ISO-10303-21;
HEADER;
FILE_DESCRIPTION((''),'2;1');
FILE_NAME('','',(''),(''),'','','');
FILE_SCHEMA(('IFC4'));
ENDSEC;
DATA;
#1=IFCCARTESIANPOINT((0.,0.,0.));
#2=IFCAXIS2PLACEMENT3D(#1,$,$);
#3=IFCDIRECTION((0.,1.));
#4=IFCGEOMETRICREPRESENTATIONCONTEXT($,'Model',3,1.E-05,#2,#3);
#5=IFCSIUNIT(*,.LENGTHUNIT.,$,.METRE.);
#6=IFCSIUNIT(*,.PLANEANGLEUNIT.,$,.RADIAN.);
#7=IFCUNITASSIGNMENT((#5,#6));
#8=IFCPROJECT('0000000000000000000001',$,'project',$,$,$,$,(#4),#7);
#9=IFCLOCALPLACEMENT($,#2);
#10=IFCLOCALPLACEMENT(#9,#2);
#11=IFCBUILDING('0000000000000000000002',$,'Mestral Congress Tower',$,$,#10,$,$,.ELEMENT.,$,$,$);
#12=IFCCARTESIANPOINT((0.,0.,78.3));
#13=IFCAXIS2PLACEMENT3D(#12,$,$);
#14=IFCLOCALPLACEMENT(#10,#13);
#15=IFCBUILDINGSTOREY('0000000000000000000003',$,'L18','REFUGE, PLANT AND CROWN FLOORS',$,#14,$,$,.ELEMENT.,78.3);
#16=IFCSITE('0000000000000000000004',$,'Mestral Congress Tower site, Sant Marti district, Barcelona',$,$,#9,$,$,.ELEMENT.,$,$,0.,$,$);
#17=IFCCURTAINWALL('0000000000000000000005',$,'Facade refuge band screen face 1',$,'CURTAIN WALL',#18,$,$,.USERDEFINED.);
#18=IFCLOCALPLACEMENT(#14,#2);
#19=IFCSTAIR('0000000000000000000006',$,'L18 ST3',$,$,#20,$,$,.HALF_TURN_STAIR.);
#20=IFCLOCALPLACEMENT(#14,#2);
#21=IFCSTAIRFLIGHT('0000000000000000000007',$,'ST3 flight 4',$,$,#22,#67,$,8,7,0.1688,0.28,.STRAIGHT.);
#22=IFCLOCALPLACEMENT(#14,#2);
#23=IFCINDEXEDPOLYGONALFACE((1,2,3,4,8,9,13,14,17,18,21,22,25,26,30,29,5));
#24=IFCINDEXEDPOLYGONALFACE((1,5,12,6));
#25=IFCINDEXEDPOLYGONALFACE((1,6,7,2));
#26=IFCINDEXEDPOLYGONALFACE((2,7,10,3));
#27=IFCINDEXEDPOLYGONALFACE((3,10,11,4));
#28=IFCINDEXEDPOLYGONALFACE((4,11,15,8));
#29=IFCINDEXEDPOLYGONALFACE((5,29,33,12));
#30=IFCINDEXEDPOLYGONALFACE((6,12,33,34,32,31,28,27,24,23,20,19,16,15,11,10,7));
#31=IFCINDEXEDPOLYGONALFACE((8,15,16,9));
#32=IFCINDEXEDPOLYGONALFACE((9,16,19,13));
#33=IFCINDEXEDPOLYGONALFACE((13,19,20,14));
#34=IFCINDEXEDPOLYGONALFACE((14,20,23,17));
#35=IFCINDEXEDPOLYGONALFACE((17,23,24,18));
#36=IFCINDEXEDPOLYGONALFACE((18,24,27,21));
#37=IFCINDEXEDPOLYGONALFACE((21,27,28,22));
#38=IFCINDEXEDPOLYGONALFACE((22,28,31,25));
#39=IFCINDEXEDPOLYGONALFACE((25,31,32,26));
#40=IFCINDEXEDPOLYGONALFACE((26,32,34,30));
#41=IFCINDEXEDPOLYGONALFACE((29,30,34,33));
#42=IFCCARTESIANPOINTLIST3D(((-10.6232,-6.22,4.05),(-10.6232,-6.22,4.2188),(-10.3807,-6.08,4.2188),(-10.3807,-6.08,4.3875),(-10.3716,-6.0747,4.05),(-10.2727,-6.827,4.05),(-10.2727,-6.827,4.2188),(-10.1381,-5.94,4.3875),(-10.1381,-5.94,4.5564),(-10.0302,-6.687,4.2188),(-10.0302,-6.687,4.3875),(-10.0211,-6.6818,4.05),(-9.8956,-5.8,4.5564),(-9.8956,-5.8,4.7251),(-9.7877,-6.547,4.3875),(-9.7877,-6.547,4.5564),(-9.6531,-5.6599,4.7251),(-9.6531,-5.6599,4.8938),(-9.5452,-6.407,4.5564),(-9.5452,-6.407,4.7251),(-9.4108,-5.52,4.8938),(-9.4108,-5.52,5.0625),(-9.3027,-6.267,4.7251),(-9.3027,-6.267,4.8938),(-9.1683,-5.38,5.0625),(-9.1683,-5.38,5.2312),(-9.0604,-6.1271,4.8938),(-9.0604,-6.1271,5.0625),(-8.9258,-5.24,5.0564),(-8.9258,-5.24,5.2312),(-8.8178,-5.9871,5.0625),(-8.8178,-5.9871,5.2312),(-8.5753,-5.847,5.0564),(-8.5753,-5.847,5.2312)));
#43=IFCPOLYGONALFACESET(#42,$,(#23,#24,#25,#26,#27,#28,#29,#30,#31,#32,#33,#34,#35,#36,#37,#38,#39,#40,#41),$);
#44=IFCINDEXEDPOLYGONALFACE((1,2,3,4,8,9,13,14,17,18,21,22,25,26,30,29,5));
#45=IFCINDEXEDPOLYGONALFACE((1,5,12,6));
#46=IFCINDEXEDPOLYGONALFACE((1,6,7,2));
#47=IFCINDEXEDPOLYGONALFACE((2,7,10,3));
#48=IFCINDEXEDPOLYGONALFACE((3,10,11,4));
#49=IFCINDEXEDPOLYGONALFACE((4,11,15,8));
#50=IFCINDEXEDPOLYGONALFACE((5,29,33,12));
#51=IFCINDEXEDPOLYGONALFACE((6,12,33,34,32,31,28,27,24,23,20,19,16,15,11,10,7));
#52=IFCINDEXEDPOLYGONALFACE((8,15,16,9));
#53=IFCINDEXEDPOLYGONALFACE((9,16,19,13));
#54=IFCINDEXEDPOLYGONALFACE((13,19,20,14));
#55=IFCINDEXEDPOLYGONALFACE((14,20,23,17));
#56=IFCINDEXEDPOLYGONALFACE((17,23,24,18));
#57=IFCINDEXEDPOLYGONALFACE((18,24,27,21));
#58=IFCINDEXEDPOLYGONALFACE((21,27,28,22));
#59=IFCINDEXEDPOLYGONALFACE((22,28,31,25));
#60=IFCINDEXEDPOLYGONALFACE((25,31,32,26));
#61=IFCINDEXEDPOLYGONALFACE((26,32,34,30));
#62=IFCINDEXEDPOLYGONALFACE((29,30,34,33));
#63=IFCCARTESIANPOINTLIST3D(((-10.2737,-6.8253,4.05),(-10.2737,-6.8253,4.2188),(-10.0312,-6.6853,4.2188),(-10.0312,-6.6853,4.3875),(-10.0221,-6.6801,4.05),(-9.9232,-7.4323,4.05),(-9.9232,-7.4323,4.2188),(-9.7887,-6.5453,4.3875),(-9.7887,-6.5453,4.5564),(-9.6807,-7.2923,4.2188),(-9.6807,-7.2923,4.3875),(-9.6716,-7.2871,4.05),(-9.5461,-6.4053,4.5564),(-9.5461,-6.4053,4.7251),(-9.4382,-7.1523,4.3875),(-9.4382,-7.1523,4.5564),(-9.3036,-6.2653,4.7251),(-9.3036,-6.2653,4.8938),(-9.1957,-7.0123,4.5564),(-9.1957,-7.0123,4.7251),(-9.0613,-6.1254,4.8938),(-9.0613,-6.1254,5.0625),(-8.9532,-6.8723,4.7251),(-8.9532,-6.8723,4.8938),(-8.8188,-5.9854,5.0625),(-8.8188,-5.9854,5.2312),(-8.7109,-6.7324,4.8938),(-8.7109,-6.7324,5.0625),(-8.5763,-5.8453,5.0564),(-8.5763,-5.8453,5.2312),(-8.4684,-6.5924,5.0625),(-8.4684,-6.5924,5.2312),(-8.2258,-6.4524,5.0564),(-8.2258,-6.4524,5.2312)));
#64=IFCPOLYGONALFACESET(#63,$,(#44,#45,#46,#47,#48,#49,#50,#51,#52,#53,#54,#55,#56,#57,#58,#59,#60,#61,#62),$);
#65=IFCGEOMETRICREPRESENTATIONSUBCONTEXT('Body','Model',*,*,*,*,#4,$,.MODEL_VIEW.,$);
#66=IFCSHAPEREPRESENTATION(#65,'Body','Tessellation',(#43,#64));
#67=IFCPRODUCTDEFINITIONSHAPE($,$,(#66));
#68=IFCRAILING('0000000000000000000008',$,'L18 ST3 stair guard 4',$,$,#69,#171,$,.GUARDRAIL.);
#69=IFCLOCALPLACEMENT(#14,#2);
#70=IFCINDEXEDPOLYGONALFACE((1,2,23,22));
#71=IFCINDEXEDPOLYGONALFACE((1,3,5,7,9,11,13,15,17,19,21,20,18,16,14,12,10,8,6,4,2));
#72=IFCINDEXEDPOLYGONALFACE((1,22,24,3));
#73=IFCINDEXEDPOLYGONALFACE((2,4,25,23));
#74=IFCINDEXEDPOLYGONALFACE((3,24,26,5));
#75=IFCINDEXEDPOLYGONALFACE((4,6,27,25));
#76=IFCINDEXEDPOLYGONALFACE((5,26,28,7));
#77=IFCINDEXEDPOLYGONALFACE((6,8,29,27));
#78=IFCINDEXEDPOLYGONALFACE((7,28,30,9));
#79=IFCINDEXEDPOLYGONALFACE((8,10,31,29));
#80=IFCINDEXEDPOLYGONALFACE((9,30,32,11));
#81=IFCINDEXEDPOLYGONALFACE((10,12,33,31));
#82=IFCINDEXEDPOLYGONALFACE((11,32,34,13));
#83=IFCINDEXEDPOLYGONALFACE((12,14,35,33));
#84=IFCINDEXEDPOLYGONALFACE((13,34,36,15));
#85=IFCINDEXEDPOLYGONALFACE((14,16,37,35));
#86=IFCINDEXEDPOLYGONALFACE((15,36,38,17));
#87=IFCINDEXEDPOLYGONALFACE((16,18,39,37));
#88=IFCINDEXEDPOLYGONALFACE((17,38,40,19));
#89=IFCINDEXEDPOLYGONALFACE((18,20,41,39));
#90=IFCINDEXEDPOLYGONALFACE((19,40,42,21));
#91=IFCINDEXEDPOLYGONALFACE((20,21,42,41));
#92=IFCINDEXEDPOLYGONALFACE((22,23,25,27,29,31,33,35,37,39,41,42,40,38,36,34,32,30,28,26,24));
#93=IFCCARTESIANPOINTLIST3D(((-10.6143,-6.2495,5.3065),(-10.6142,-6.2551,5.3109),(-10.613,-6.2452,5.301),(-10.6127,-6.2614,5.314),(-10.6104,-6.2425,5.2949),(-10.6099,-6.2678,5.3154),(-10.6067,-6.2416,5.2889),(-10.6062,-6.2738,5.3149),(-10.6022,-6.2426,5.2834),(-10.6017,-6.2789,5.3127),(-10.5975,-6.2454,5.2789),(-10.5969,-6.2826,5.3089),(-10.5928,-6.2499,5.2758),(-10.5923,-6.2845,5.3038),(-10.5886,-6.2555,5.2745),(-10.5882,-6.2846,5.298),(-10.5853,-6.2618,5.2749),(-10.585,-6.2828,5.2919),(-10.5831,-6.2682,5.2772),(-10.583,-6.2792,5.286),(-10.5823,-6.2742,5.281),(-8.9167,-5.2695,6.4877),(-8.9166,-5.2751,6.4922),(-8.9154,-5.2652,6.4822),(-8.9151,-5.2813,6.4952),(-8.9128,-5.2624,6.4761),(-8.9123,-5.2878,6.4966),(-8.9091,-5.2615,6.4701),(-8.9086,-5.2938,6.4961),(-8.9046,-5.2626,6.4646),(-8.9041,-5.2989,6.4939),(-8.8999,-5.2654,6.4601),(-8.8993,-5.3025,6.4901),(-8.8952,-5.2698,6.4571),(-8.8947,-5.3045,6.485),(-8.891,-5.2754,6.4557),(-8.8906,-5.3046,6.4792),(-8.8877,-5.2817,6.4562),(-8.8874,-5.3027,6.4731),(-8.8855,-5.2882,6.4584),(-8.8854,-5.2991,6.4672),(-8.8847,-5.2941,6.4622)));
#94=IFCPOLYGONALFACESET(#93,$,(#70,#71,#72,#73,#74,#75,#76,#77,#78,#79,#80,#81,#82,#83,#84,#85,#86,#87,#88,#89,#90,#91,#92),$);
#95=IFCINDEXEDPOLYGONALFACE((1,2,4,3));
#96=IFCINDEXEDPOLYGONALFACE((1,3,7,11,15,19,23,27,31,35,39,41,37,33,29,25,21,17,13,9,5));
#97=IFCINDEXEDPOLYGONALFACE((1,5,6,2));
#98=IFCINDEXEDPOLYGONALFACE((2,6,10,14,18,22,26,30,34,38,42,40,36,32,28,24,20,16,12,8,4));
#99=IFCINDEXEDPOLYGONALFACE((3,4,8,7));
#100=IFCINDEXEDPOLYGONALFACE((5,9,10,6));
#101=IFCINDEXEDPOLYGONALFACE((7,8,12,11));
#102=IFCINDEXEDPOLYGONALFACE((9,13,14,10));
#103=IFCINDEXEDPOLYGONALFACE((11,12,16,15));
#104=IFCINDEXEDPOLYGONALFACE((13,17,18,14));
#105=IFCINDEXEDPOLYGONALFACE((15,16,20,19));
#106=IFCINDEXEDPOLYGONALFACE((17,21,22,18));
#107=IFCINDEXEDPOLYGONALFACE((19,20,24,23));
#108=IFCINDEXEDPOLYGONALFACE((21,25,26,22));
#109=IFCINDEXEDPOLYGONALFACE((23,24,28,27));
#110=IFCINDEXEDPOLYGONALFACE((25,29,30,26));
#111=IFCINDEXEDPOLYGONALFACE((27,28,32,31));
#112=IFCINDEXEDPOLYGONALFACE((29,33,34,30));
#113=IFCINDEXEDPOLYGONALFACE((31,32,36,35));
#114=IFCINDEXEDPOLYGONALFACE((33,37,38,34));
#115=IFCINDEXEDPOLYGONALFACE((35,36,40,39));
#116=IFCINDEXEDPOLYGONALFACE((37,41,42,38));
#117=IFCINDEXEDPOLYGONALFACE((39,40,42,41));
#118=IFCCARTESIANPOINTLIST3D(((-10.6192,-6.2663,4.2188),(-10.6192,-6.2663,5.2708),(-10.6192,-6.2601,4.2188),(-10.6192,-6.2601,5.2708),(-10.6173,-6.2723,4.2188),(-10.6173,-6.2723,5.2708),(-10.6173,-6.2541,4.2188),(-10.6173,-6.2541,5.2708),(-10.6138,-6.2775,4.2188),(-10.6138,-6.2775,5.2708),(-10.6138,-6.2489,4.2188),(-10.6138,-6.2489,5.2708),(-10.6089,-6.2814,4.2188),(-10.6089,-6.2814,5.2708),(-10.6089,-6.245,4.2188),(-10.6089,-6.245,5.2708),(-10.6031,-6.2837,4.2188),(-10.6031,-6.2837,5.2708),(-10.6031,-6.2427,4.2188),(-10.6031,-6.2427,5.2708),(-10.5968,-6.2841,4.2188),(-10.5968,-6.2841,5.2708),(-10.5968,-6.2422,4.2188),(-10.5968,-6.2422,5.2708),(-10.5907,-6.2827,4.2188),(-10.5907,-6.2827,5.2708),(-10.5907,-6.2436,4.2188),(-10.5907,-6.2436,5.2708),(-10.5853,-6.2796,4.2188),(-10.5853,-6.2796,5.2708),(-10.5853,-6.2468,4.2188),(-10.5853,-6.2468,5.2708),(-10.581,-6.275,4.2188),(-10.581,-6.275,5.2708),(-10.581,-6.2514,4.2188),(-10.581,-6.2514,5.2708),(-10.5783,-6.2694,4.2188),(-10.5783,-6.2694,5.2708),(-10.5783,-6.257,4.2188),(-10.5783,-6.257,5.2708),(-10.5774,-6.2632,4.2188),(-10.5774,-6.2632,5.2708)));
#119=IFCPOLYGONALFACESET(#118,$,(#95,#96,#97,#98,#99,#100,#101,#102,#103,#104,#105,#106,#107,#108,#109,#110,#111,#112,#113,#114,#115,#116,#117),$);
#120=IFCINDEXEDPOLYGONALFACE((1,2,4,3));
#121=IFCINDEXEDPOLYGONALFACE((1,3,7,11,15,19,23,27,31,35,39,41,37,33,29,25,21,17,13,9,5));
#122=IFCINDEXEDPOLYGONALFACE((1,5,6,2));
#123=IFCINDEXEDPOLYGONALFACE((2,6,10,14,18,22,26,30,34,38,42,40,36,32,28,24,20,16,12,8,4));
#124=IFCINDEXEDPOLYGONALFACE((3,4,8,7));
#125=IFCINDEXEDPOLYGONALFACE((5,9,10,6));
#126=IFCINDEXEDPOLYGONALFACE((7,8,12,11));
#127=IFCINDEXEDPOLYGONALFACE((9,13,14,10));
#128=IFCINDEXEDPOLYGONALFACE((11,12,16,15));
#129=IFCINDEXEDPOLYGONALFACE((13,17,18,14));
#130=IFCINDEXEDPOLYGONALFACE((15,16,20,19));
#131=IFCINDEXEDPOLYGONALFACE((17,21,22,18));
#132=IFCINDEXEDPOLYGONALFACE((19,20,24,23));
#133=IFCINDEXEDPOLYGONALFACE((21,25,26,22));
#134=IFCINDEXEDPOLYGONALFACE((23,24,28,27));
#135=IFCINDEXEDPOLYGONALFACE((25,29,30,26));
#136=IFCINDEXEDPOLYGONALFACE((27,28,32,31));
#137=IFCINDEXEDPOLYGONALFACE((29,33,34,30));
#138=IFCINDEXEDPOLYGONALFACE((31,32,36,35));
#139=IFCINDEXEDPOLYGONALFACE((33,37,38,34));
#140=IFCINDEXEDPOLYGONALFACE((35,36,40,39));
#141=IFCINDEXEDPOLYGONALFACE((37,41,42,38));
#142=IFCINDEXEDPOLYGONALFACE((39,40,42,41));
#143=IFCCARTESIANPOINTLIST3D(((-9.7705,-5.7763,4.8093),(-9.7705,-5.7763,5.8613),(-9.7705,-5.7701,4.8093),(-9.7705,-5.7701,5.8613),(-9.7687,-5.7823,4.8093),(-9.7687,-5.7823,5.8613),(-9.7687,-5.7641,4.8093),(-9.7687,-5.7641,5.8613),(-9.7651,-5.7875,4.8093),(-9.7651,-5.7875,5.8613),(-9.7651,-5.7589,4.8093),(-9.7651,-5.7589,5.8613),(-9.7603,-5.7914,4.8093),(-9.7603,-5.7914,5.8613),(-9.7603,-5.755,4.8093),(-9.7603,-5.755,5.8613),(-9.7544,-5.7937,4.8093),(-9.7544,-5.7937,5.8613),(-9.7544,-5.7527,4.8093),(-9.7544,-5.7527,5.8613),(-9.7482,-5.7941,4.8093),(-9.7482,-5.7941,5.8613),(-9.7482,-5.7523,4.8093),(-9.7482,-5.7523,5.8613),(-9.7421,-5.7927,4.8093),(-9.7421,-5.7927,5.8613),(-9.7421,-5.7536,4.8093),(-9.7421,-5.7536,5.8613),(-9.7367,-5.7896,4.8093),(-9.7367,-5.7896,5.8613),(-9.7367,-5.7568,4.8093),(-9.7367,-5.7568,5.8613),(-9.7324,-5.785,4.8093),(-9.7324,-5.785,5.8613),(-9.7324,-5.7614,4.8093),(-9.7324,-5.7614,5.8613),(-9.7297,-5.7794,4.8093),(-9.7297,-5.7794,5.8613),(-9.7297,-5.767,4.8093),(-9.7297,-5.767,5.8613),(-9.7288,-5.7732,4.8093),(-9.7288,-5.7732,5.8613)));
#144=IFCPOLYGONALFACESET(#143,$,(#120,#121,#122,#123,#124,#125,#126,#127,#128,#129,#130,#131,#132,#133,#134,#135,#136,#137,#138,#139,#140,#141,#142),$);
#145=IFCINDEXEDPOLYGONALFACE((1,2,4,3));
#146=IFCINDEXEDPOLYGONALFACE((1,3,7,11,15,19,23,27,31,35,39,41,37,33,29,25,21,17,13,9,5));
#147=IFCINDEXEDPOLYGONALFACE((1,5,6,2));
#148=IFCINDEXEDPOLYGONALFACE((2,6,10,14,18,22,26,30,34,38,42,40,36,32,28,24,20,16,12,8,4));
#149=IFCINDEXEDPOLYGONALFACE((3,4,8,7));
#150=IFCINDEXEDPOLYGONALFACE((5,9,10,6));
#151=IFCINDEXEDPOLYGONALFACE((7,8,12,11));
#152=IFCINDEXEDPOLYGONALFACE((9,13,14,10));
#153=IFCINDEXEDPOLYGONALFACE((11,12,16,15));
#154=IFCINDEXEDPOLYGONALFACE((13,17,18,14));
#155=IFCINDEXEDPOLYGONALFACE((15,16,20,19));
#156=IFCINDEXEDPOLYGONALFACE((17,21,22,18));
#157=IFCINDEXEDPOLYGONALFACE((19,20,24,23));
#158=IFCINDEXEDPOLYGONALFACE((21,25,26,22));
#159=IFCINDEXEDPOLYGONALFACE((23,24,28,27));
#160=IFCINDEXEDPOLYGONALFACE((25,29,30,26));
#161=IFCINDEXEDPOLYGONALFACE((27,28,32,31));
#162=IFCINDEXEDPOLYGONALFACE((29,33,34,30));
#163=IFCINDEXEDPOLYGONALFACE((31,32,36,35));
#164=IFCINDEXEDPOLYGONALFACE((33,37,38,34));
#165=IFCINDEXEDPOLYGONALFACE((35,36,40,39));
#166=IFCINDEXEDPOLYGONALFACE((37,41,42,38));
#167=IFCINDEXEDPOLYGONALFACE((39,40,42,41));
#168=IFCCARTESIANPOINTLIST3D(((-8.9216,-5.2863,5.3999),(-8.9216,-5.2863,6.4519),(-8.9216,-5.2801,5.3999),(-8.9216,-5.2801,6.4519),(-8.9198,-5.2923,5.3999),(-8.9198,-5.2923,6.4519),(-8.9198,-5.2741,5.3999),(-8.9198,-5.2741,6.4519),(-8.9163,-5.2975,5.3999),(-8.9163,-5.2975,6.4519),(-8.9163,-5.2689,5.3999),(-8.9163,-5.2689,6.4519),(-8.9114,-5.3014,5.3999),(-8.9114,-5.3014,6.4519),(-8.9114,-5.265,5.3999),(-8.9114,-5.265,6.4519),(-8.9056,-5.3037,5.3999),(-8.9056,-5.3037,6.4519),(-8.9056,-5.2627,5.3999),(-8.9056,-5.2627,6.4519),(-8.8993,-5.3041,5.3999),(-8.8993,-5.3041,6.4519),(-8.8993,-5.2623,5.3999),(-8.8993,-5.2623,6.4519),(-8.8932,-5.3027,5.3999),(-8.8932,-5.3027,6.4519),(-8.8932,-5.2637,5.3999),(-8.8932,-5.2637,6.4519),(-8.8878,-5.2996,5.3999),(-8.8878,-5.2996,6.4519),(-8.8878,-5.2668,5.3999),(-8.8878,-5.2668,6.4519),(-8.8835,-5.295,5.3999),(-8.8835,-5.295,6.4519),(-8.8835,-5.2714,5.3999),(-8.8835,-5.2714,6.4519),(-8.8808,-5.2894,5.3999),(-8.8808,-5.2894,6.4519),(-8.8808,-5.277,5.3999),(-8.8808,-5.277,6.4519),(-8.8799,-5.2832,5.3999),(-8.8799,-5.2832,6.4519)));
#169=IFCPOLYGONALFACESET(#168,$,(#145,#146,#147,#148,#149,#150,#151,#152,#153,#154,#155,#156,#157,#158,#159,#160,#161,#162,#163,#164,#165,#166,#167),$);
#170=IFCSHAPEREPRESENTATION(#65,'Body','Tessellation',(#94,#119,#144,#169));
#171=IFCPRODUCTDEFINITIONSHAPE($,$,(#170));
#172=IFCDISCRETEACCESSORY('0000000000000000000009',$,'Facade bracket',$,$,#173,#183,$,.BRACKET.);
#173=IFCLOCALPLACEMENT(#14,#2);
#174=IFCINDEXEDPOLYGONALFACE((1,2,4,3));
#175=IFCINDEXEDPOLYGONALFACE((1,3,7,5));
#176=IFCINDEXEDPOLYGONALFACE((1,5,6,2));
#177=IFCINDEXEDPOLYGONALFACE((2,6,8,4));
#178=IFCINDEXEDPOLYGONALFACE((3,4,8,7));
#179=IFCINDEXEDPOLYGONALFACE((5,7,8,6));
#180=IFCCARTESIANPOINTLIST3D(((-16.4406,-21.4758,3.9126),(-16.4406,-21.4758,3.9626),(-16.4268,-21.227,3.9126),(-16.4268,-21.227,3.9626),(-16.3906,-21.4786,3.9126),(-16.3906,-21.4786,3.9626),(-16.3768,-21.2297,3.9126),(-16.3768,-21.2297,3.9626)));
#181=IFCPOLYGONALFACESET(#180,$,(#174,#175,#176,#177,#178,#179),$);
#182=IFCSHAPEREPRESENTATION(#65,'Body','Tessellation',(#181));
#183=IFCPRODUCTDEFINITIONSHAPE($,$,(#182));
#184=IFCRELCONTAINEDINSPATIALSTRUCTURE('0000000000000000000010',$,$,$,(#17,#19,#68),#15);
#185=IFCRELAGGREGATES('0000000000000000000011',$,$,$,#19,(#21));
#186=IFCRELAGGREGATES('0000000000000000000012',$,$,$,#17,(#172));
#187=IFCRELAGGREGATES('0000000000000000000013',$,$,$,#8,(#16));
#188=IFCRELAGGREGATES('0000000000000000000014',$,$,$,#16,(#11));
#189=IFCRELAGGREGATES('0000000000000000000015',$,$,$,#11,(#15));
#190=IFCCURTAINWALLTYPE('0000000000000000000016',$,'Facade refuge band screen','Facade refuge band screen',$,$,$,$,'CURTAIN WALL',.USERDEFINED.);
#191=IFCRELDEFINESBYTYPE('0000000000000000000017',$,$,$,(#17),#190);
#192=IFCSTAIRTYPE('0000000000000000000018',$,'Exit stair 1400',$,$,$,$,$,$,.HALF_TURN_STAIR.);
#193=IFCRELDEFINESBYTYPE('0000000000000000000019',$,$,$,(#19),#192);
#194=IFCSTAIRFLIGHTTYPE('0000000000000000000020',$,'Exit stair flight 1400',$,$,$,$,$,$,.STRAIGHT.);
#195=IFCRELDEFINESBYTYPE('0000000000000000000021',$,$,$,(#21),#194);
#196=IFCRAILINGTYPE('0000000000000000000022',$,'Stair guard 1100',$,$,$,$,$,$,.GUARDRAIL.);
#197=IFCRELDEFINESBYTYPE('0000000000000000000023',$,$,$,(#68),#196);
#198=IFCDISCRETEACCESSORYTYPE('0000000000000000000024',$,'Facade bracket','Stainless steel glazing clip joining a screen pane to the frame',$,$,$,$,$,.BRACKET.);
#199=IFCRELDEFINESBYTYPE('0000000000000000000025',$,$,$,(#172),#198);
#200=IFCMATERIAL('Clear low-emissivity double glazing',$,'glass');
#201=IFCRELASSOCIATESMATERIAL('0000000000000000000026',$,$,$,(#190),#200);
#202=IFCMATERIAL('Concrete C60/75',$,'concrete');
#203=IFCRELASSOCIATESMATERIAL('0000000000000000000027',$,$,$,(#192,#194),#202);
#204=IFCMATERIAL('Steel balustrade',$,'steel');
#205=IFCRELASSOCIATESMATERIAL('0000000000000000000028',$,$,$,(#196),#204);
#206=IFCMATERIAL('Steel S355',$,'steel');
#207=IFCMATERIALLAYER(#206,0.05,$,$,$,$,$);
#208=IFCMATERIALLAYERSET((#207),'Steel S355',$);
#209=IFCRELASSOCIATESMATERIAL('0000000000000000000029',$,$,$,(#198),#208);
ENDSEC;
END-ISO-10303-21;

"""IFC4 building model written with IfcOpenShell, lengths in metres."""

from ifc_helpers import new_model, si_unit, direction, frame, origin, origin_2d, place, context, subcontext, project, spatial, polyline, rectangle, circle, outline, extrude, material, layer, layer_set, type_object, element, aggregate, save


model = new_model("IFC4")

# Units and contexts
model_context = context("Model", 3, precision=1e-05, world=origin(), true_north=direction((0.0, 1.0)))
body_context = subcontext(model_context, "Body", "Model", "MODEL_VIEW")
ifc_project = project(units=[si_unit("LENGTHUNIT", "METRE"), si_unit("PLANEANGLEUNIT", "RADIAN")], contexts=[model_context])

# Site, building, storey
site_placement = place(None, origin())
site = spatial("IfcSite", under=ifc_project, at=site_placement, Name="Mestral Congress Tower site, Sant Marti district, Barcelona", CompositionType="ELEMENT", RefElevation=0.0)
building_placement = place(site_placement, origin())
building = spatial("IfcBuilding", under=site, at=building_placement, Name="Mestral Congress Tower", CompositionType="ELEMENT")
storey_placement = place(building_placement, frame((0.0, 0.0, 78.3)))
storey = spatial("IfcBuildingStorey", under=building, at=storey_placement, Name="L18", Description="REFUGE, PLANT AND CROWN FLOORS", CompositionType="ELEMENT", Elevation=78.3)

# Shared definitions
ifc_material_1 = material(Name="Steel S355", Category="steel")

# Curtain wall
ifc_material_2 = material(Name="Clear low-emissivity double glazing", Category="glass")
curtain_wall_type = type_object("IfcCurtainWallType", Name="Facade refuge band screen", Description="Facade refuge band screen", ElementType="CURTAIN WALL", PredefinedType="USERDEFINED", material=ifc_material_2)
placement = place(storey_placement, origin())
curtain_wall = element("IfcCurtainWall", 1, at=placement, inside=storey, type_object=curtain_wall_type, Name="Facade refuge band screen face 1", ObjectType="CURTAIN WALL", PredefinedType="USERDEFINED")

# Shared definitions
ifc_material_3 = material(Name="Concrete C60/75", Category="concrete")

# Stair, stair flight
stair_type = type_object("IfcStairType", Name="Exit stair 1400", PredefinedType="HALF_TURN_STAIR", material=ifc_material_3)
stair = element("IfcStair", 2, at=placement, inside=storey, type_object=stair_type, Name="L18 ST3", PredefinedType="HALF_TURN_STAIR")
stair_flight_type = type_object("IfcStairFlightType", Name="Exit stair flight 1400", PredefinedType="STRAIGHT", material=ifc_material_3)
stair_flight_1_placement = place(storey_placement, frame((-10.2732, -6.8262, 4.05), z_axis=(0.0, 0.0, 1.0), x_axis=(0.866025, 0.5, 0.0)))
stair_flight_1 = element("IfcStairFlight", 3, at=stair_flight_1_placement, type_object=stair_flight_type, Name="ST3 flight 4", NumberOfRisers=8, NumberOfTreads=7, PredefinedType="STRAIGHT", RiserHeight=0.1688, TreadLength=0.28, context=body_context, shape_type="SweptSolid", body=[
    extrude(outline(polyline([(0.0, 0.0), (0.0, 0.1687), (0.28, 0.1687), (0.28, 0.3374), (0.5601, 0.3374), (0.5601, 0.5063), (0.8401, 0.5063), (0.8401, 0.675), (1.1201, 0.675), (1.1201, 0.8438), (1.3999, 0.8438), (1.3999, 1.0125), (1.6799, 1.0125), (1.6799, 1.1812), (1.96, 1.1812), (1.96, 1.3501), (1.96, 1.0063), (0.2905, 0.0), (0.0, 0.0)])), frame((0.0, 0.7, 0.0), z_axis=(0.0, -1.0, 0.0), x_axis=(1.0, 0.0, 0.0)), (0.0, 0.0, 1.0), 0.7009),
    extrude(outline(polyline([(0.0, 0.0), (0.0, 0.1687), (0.28, 0.1687), (0.28, 0.3374), (0.5601, 0.3374), (0.5601, 0.5063), (0.8401, 0.5063), (0.8401, 0.675), (1.1201, 0.675), (1.1201, 0.8438), (1.3999, 0.8438), (1.3999, 1.0125), (1.6799, 1.0125), (1.6799, 1.1812), (1.96, 1.1812), (1.96, 1.3501), (1.96, 1.0063), (0.2905, 0.0), (0.0, 0.0)])), frame((0.0, 0.001, 0.0), z_axis=(0.0, -1.0, 0.0), x_axis=(1.0, 0.0, 0.0)), (0.0, 0.0, 1.0), 0.7009),
])
aggregate(stair, [stair_flight_1])

# Railing
ifc_material_4 = material(Name="Steel balustrade", Category="steel")
railing_type_1 = type_object("IfcRailingType", Name="Stair guard 1100", PredefinedType="GUARDRAIL", material=ifc_material_4)
railing_1_placement = place(storey_placement, frame((-10.5984, -6.2632, 4.2188)))
element("IfcRailing", 4, at=railing_1_placement, inside=storey, type_object=railing_type_1, Name="L18 ST3 stair guard 4", PredefinedType="GUARDRAIL", context=body_context, shape_type="SweptSolid", body=[
    extrude(circle(Radius=0.0239, at=origin_2d()), frame((0.0, 0.0, 1.0762), z_axis=(0.741771, 0.428228, 0.516135), x_axis=(-0.49997, 0.866042, 0.0)), (0.0, 0.0, 1.0), 2.2886),
    extrude(circle(Radius=0.021, at=origin_2d()), origin(), (0.0, 0.0, 1.0), 1.052),
    extrude(circle(Radius=0.021, at=origin_2d()), frame((0.8486, 0.49, 0.5906)), (0.0, 0.0, 1.0), 1.052),
    extrude(circle(Radius=0.021, at=origin_2d()), frame((1.6975, 0.98, 1.1812)), (0.0, 0.0, 1.0), 1.052),
])

# Discrete accessory
ifc_layer_1 = layer(ifc_material_1, 0.05)
ifc_layer_set_1 = layer_set([ifc_layer_1], Name="Steel S355")
discrete_accessory_type = type_object("IfcDiscreteAccessoryType", Name="Facade bracket", Description="Stainless steel glazing clip joining a screen pane to the frame", PredefinedType="BRACKET", material=ifc_layer_set_1)
discrete_accessory_placement = place(storey_placement, frame((-16.4087, -21.3528, 3.9126), z_axis=(0.0, 0.0, 1.0), x_axis=(0.998463, -0.055429, 0.0)))
discrete_accessory = element("IfcDiscreteAccessory", 5, at=discrete_accessory_placement, type_object=discrete_accessory_type, Name="Facade bracket", PredefinedType="BRACKET", context=body_context, shape_type="SweptSolid", body=[
    extrude(rectangle(XDim=0.05, YDim=0.2493, at=origin_2d()), origin(), (0.0, 0.0, 1.0), 0.05),
])
aggregate(curtain_wall, [discrete_accessory])

save(model, "model.ifc")
